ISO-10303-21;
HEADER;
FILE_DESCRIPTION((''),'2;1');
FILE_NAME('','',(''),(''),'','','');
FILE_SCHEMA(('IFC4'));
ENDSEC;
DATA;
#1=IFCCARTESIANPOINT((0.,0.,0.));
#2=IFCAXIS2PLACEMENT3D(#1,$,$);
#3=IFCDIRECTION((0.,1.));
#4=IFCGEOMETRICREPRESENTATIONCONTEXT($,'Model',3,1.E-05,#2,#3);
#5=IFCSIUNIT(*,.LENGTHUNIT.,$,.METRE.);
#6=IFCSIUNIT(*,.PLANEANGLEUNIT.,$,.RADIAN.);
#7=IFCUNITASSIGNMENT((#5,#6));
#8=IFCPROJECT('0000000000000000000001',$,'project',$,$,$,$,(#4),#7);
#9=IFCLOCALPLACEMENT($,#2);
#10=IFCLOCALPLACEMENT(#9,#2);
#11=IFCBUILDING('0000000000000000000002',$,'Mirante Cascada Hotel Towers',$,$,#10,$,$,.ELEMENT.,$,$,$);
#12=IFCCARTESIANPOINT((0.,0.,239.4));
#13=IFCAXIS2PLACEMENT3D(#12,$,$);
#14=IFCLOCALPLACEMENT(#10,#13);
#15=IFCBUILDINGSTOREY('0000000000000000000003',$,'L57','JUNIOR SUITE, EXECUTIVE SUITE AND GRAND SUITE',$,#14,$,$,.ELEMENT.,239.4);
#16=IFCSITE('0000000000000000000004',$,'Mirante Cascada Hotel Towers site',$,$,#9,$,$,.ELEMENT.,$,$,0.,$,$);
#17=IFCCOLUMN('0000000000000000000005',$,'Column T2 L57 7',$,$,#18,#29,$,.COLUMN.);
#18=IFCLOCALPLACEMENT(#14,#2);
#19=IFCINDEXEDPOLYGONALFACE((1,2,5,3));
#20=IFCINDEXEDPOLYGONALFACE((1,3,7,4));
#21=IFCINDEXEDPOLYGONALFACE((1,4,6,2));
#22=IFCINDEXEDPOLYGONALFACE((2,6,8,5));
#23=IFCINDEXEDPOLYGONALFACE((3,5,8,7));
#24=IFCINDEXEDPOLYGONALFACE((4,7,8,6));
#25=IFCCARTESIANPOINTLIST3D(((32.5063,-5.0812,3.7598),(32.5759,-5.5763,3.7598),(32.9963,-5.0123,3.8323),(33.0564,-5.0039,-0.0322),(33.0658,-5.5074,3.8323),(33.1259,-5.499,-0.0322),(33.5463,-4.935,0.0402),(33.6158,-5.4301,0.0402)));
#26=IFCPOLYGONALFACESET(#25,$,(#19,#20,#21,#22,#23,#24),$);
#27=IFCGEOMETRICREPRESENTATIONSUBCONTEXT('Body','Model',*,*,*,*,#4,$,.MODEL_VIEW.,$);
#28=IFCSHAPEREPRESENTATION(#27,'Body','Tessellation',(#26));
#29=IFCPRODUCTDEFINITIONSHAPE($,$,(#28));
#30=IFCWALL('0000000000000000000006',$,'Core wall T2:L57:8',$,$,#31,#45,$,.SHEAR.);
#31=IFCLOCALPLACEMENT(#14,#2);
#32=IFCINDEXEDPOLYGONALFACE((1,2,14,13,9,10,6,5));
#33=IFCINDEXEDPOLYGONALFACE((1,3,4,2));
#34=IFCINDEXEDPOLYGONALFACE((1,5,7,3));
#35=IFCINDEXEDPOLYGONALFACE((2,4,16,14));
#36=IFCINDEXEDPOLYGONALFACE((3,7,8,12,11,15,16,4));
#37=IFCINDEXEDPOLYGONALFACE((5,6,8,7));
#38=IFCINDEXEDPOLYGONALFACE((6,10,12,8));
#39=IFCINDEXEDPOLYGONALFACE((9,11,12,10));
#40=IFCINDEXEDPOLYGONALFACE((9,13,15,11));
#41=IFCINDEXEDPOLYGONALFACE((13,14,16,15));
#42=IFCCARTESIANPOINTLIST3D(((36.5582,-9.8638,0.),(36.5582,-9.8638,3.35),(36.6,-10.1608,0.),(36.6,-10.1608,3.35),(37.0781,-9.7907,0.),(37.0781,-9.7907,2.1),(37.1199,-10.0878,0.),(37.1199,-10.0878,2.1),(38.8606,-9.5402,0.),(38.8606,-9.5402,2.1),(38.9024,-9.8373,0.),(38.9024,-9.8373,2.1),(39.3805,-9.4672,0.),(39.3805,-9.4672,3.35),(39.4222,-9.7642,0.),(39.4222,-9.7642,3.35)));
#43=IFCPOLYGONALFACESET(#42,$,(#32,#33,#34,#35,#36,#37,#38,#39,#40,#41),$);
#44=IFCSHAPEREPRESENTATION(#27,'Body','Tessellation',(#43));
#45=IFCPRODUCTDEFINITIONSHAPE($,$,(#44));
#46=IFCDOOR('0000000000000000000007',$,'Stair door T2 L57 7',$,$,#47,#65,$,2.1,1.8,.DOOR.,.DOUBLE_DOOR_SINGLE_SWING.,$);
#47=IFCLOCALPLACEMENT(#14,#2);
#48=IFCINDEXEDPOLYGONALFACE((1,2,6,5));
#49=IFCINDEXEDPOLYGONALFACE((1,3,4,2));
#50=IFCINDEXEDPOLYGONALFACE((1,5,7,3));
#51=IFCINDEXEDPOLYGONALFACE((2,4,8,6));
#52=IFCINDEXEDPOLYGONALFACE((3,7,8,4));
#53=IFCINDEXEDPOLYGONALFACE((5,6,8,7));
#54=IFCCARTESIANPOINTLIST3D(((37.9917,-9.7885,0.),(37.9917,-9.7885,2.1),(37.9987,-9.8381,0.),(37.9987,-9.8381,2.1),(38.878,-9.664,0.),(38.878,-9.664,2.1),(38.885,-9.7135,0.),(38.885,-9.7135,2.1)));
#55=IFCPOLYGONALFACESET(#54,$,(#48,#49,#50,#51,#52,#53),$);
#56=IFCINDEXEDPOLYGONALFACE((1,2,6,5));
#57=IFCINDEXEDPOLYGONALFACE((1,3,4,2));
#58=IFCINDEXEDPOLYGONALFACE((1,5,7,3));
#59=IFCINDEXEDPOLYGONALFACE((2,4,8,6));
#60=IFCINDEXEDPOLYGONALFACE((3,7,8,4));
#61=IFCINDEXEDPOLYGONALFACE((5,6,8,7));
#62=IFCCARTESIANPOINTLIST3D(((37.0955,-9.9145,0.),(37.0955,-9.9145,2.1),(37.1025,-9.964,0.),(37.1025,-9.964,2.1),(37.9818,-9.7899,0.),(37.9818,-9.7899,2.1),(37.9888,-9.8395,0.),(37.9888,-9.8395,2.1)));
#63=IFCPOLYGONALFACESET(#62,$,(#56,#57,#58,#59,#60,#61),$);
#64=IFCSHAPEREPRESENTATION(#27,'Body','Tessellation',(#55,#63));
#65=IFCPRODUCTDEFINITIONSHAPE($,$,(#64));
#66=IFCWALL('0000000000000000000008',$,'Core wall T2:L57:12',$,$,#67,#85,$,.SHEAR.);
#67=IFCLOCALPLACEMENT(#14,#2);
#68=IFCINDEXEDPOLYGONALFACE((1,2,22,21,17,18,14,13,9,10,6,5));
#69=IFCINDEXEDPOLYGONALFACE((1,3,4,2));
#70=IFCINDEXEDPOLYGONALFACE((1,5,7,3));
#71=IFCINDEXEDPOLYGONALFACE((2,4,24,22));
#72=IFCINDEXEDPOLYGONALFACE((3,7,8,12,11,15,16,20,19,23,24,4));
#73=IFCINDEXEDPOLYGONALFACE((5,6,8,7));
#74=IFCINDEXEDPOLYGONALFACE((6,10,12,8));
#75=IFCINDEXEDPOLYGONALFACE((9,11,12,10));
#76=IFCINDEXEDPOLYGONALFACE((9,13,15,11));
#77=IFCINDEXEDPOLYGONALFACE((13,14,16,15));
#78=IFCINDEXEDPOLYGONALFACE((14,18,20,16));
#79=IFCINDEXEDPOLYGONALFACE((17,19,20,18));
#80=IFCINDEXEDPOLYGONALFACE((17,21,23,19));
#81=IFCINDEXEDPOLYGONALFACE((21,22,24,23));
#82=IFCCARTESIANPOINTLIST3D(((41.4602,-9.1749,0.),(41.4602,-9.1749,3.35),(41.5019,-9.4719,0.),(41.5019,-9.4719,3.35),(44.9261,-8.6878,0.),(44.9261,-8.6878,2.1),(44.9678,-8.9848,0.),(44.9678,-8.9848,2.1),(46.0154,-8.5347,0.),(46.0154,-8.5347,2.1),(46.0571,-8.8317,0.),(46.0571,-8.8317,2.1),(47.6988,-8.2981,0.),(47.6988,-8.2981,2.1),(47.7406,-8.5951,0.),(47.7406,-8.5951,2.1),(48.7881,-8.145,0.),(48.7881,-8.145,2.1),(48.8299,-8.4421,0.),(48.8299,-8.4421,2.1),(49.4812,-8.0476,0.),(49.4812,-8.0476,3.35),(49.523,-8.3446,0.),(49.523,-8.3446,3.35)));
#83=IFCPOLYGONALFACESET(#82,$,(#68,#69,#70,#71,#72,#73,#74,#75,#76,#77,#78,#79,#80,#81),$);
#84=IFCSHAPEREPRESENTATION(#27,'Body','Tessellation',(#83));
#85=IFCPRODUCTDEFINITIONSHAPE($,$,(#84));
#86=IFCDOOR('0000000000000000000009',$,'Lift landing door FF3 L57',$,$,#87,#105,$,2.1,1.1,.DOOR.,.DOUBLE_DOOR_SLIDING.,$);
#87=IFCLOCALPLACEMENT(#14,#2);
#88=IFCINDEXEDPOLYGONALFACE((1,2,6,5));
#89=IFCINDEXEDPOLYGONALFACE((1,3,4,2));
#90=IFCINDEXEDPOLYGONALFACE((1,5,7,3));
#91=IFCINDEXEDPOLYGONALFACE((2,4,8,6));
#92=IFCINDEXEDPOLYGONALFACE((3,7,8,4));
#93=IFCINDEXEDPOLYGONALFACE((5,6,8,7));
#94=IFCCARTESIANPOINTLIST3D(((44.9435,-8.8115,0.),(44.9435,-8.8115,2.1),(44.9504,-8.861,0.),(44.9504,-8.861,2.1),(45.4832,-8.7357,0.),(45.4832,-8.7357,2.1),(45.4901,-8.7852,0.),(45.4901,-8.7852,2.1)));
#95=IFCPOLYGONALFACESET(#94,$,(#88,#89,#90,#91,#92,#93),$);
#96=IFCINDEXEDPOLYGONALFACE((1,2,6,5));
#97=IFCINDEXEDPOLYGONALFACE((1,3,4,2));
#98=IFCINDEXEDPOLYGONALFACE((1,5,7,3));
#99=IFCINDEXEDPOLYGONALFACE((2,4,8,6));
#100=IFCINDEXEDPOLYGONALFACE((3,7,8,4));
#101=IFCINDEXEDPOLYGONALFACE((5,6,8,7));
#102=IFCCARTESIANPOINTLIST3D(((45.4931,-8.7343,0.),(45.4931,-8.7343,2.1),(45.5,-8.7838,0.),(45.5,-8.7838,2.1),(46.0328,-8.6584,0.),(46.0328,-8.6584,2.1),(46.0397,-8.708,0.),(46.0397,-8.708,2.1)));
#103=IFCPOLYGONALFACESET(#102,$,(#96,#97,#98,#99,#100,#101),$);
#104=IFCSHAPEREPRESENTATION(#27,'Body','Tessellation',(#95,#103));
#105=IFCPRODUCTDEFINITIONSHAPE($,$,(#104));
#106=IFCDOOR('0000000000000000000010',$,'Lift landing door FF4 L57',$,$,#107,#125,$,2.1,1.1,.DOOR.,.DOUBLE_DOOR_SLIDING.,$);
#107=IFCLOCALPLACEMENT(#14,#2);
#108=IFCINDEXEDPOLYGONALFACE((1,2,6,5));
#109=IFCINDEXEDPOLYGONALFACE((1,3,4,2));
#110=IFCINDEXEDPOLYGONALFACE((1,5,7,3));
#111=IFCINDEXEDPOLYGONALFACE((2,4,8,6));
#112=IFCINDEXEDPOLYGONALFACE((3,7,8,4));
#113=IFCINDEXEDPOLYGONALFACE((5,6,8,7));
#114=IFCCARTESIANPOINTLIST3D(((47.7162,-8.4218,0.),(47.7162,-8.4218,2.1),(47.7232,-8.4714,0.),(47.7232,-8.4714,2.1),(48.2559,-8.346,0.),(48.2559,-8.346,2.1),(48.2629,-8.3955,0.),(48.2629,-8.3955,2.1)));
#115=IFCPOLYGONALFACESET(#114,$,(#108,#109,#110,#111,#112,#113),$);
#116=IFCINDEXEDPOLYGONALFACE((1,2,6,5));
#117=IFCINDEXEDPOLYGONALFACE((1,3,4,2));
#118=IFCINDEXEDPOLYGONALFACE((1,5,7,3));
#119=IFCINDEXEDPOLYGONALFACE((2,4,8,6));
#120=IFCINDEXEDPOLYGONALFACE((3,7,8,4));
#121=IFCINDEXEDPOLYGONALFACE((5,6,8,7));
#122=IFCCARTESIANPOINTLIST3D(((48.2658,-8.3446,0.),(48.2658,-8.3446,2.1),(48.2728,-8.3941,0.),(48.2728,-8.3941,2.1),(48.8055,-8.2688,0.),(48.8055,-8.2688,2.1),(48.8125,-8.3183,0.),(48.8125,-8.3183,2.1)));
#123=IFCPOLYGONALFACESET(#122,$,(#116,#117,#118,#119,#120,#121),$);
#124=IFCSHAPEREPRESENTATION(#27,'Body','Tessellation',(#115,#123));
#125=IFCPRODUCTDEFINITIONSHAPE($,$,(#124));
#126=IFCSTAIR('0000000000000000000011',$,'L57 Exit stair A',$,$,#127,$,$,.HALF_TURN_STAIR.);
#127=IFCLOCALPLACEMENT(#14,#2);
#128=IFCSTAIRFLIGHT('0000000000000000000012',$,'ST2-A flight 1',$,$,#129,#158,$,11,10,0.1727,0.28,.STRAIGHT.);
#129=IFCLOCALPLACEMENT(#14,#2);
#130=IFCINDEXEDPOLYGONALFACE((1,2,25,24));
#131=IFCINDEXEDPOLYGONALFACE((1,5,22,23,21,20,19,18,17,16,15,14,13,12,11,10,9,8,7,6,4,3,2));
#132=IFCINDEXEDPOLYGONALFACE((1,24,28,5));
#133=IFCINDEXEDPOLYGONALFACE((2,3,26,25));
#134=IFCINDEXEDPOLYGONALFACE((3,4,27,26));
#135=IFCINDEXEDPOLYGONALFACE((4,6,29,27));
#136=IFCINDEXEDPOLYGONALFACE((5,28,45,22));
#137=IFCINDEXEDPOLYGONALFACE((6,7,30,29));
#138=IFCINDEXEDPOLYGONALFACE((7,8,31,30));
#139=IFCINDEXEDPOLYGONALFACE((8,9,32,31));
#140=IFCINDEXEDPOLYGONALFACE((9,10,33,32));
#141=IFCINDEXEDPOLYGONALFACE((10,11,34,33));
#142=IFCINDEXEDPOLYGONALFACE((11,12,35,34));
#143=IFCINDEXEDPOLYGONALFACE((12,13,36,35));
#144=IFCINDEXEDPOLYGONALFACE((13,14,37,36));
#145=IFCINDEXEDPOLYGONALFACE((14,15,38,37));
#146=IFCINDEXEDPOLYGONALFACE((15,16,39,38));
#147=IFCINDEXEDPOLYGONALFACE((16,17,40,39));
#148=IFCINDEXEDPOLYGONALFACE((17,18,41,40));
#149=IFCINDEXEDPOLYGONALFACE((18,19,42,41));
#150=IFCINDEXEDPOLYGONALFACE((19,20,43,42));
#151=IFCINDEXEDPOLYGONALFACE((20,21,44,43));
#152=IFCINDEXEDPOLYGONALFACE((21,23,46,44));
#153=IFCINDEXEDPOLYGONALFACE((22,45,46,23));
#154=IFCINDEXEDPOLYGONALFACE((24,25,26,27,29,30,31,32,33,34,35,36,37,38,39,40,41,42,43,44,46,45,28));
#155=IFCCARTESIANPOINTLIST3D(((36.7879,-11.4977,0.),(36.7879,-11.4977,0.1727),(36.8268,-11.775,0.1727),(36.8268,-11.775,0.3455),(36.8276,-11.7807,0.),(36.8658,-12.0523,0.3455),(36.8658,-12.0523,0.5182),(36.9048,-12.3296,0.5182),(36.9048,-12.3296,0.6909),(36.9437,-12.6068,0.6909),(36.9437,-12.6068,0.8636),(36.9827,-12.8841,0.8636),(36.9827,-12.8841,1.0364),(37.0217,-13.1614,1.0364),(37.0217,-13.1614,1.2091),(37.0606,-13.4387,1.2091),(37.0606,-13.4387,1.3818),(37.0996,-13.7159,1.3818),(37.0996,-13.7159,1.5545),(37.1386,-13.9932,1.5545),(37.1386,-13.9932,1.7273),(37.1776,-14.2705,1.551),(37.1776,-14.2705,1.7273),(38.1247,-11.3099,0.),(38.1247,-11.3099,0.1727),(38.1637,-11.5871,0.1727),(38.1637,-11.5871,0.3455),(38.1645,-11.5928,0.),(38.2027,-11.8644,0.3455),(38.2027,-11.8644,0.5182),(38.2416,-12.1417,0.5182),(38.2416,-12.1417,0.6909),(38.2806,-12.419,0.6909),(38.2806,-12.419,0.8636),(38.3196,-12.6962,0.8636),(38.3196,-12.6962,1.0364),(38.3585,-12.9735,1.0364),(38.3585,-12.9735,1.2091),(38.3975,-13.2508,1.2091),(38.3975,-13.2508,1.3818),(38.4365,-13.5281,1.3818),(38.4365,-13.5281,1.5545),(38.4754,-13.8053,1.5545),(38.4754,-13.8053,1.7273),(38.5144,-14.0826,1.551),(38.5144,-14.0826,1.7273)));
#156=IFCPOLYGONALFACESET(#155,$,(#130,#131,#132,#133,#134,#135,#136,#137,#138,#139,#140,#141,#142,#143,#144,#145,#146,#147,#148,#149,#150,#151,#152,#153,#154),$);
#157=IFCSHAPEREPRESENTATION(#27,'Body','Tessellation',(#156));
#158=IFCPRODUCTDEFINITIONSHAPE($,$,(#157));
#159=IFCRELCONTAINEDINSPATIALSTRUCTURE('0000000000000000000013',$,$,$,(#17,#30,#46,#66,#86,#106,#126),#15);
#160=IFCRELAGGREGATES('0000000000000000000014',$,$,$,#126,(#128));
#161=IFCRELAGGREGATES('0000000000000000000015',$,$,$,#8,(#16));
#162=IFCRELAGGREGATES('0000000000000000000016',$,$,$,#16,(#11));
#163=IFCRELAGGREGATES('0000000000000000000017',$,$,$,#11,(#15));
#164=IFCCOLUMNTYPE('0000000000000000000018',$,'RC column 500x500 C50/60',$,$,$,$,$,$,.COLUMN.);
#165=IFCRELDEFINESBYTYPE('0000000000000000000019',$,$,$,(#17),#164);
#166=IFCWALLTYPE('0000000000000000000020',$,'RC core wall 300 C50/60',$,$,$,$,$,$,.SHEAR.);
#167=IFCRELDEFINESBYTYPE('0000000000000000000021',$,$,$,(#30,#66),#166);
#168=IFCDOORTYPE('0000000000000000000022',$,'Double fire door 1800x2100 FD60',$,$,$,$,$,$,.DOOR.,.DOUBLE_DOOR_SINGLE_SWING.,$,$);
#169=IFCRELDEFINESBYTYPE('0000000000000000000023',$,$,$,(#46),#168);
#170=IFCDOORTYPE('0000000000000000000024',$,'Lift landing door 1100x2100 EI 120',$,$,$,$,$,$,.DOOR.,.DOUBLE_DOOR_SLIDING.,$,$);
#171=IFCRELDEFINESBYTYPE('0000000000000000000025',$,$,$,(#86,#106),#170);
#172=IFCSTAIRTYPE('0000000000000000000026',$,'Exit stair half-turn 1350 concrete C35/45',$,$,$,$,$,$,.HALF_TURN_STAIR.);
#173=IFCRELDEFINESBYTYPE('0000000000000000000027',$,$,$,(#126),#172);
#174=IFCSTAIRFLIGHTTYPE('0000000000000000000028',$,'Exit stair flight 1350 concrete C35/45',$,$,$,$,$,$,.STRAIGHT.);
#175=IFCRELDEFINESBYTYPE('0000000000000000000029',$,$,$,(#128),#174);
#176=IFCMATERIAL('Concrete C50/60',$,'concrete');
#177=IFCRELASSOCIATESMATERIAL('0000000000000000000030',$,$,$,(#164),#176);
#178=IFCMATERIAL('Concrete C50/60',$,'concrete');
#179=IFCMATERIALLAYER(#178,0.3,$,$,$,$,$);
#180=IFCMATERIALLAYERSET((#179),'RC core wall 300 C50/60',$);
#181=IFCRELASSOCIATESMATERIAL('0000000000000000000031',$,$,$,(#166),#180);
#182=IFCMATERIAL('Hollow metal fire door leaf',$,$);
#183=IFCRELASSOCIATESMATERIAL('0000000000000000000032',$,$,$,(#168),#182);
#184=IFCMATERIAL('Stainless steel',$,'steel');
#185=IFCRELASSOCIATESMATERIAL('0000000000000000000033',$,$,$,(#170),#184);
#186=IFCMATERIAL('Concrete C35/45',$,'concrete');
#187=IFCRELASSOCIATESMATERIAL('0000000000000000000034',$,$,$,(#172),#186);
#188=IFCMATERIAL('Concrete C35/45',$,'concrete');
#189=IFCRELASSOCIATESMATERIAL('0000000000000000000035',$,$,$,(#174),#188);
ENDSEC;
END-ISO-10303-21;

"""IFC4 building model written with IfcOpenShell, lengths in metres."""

from ifc_helpers import new_model, si_unit, direction, frame, frame_2d, origin, origin_2d, place, context, subcontext, project, spatial, polyline, rectangle, outline, extrude, material, layer, layer_set, material_profile, profile_set, type_object, element, fill, aggregate, save


model = new_model("IFC4")

# Units and contexts
model_context = context("Model", 3, precision=1e-05, world=origin(), true_north=direction((0.0, 1.0)))
body_context = subcontext(model_context, "Body", "Model", "MODEL_VIEW")
ifc_project = project(units=[si_unit("LENGTHUNIT", "METRE"), si_unit("PLANEANGLEUNIT", "RADIAN")], contexts=[model_context])

# Site, building, storey
site_placement = place(None, origin())
site = spatial("IfcSite", under=ifc_project, at=site_placement, Name="Mirante Cascada Hotel Towers site", CompositionType="ELEMENT", RefElevation=0.0)
building_placement = place(site_placement, origin())
building = spatial("IfcBuilding", under=site, at=building_placement, Name="Mirante Cascada Hotel Towers", CompositionType="ELEMENT")
storey_placement = place(building_placement, frame((0.0, 0.0, 239.4)))
storey = spatial("IfcBuildingStorey", under=building, at=storey_placement, Name="L57", Description="JUNIOR SUITE, EXECUTIVE SUITE AND GRAND SUITE", CompositionType="ELEMENT", Elevation=239.4)

# Column
ifc_material_1 = material(Name="Concrete C50/60", Category="concrete")
ifc_material_profile = material_profile(ifc_material_1, rectangle(XDim=0.5, YDim=0.5, at=origin_2d()), Name="RC column 500x500 C50/60")
ifc_profile_set = profile_set([ifc_material_profile], Name="Concrete C50/60")
column_type = type_object("IfcColumnType", Name="RC column 500x500 C50/60", PredefinedType="COLUMN", material=ifc_profile_set)
column_placement = place(storey_placement, frame((33.3361, -5.217, 0.004), z_axis=(-0.143511, -0.02017, 0.989443), x_axis=(0.139178, -0.990267, 0.0)))
element("IfcColumn", 1, at=column_placement, inside=storey, type_object=column_type, Name="Column T2 L57 7", PredefinedType="COLUMN", context=body_context, shape_type="SweptSolid", body=[
    extrude(rectangle(XDim=0.5, YDim=0.5, at=origin_2d()), origin(), (0.0, 0.0, 1.0), 3.8325),
])

# Wall, opening, door
ifc_material_2 = material(Name="Concrete C50/60", Category="concrete")
ifc_layer_1 = layer(ifc_material_2, 0.3)
ifc_layer_set_1 = layer_set([ifc_layer_1], Name="RC core wall 300 C50/60")
wall_type_1 = type_object("IfcWallType", Name="RC core wall 300 C50/60", PredefinedType="SHEAR", material=ifc_layer_set_1)
wall_1_placement = place(storey_placement, frame((36.5791, -10.0123, 0.0), z_axis=(0.0, 0.0, 1.0), x_axis=(0.99027, 0.139156, 0.0)))
wall_1 = element("IfcWall", 2, at=wall_1_placement, inside=storey, type_object=wall_type_1, Name="Core wall T2:L57:8", PredefinedType="SHEAR", context=body_context, shape_type="SweptSolid", body=[
    extrude(rectangle(XDim=2.85, YDim=0.3, at=frame_2d((1.425, 0.0))), origin(), (0.0, 0.0, 1.0), 3.35),
])
opening_1_placement = place(wall_1_placement, frame((0.525, 0.0, 0.0)))
opening_1 = element("IfcOpeningElement", 3, at=opening_1_placement, cuts=wall_1, PredefinedType="OPENING", context=body_context, shape_type="SweptSolid", body=[
    extrude(rectangle(XDim=1.8, YDim=2.1, at=frame_2d((0.9, 1.05))), frame((0.0, 0.15, 0.0), z_axis=(0.0, -1.0, 0.0), x_axis=(1.0, 0.0, 0.0)), (0.0, 0.0, 1.0), 0.3),
])
ifc_material_3 = material(Name="Hollow metal fire door leaf")
door_type_1 = type_object("IfcDoorType", Name="Double fire door 1800x2100 FD60", OperationType="DOUBLE_DOOR_SINGLE_SWING", PredefinedType="DOOR", material=ifc_material_3)
door_1_placement = place(opening_1_placement, frame((1.8, 0.0, 0.0), z_axis=(0.0, 0.0, 1.0), x_axis=(-1.0, 0.0, 0.0)))
door_1 = element("IfcDoor", 4, at=door_1_placement, inside=storey, type_object=door_type_1, Name="Stair door T2 L57 7", OperationType="DOUBLE_DOOR_SINGLE_SWING", OverallHeight=2.1, OverallWidth=1.8, PredefinedType="DOOR", context=body_context, shape_type="SweptSolid", body=[
    extrude(rectangle(XDim=0.895, YDim=2.1, at=frame_2d((0.4475, 1.05))), frame((0.0, 0.025, 0.0), z_axis=(0.0, -1.0, 0.0), x_axis=(1.0, 0.0, 0.0)), (0.0, 0.0, 1.0), 0.05),
    extrude(rectangle(XDim=0.895, YDim=2.1, at=frame_2d((1.3525, 1.05))), frame((0.0, 0.025, 0.0), z_axis=(0.0, -1.0, 0.0), x_axis=(1.0, 0.0, 0.0)), (0.0, 0.0, 1.0), 0.05),
])
fill(opening_1, door_1)

# Wall, openings, doors
wall_2_placement = place(storey_placement, frame((41.481, -9.3234, 0.0), z_axis=(0.0, 0.0, 1.0), x_axis=(0.990268, 0.139174, 0.0)))
wall_2 = element("IfcWall", 5, at=wall_2_placement, inside=storey, type_object=wall_type_1, Name="Core wall T2:L57:12", PredefinedType="SHEAR", context=body_context, shape_type="SweptSolid", body=[
    extrude(rectangle(XDim=8.0999, YDim=0.3, at=frame_2d((4.05, 0.0))), origin(), (0.0, 0.0, 1.0), 3.35),
])
opening_2_placement = place(wall_2_placement, frame((3.5, 0.0, 0.0)))
opening_2 = element("IfcOpeningElement", 6, at=opening_2_placement, cuts=wall_2, PredefinedType="OPENING", context=body_context, shape_type="SweptSolid", body=[
    extrude(rectangle(XDim=1.1, YDim=2.1, at=frame_2d((0.55, 1.05))), frame((0.0, 0.15, 0.0), z_axis=(0.0, -1.0, 0.0), x_axis=(1.0, 0.0, 0.0)), (0.0, 0.0, 1.0), 0.3),
])
opening_3_placement = place(wall_2_placement, frame((6.3, 0.0, 0.0)))
opening_3 = element("IfcOpeningElement", 7, at=opening_3_placement, cuts=wall_2, PredefinedType="OPENING", context=body_context, shape_type="SweptSolid", body=[
    extrude(rectangle(XDim=1.1, YDim=2.1, at=frame_2d((0.55, 1.05))), frame((0.0, 0.15, 0.0), z_axis=(0.0, -1.0, 0.0), x_axis=(1.0, 0.0, 0.0)), (0.0, 0.0, 1.0), 0.3),
])
ifc_material_4 = material(Name="Stainless steel", Category="steel")
door_type_2 = type_object("IfcDoorType", Name="Lift landing door 1100x2100 EI 120", OperationType="DOUBLE_DOOR_SLIDING", PredefinedType="DOOR", material=ifc_material_4)
door_2_placement = place(opening_2_placement, origin())
door_2 = element("IfcDoor", 8, at=door_2_placement, inside=storey, type_object=door_type_2, Name="Lift landing door FF3 L57", OperationType="DOUBLE_DOOR_SLIDING", OverallHeight=2.1, OverallWidth=1.1, PredefinedType="DOOR", context=body_context, shape_type="SweptSolid", body=[
    extrude(rectangle(XDim=0.545, YDim=2.1, at=frame_2d((0.2725, 1.05))), frame((0.0, 0.025, 0.0), z_axis=(0.0, -1.0, 0.0), x_axis=(1.0, 0.0, 0.0)), (0.0, 0.0, 1.0), 0.05),
    extrude(rectangle(XDim=0.545, YDim=2.1, at=frame_2d((0.8275, 1.05))), frame((0.0, 0.025, 0.0), z_axis=(0.0, -1.0, 0.0), x_axis=(1.0, 0.0, 0.0)), (0.0, 0.0, 1.0), 0.05),
])
fill(opening_2, door_2)
door_3_placement = place(opening_3_placement, origin())
door_3 = element("IfcDoor", 9, at=door_3_placement, inside=storey, type_object=door_type_2, Name="Lift landing door FF4 L57", OperationType="DOUBLE_DOOR_SLIDING", OverallHeight=2.1, OverallWidth=1.1, PredefinedType="DOOR", context=body_context, shape_type="SweptSolid", body=[
    extrude(rectangle(XDim=0.545, YDim=2.1, at=frame_2d((0.2725, 1.05))), frame((0.0, 0.025, 0.0), z_axis=(0.0, -1.0, 0.0), x_axis=(1.0, 0.0, 0.0)), (0.0, 0.0, 1.0), 0.05),
    extrude(rectangle(XDim=0.545, YDim=2.1, at=frame_2d((0.8275, 1.05))), frame((0.0, 0.025, 0.0), z_axis=(0.0, -1.0, 0.0), x_axis=(1.0, 0.0, 0.0)), (0.0, 0.0, 1.0), 0.05),
])
fill(opening_3, door_3)

# Stair, stair flight
ifc_material_5 = material(Name="Concrete C35/45", Category="concrete")
stair_type = type_object("IfcStairType", Name="Exit stair half-turn 1350 concrete C35/45", PredefinedType="HALF_TURN_STAIR", material=ifc_material_5)
stair_placement = place(storey_placement, origin())
stair = element("IfcStair", 10, at=stair_placement, inside=storey, type_object=stair_type, Name="L57 Exit stair A", PredefinedType="HALF_TURN_STAIR")
ifc_material_6 = material(Name="Concrete C35/45", Category="concrete")
stair_flight_type = type_object("IfcStairFlightType", Name="Exit stair flight 1350 concrete C35/45", PredefinedType="STRAIGHT", material=ifc_material_6)
stair_flight_placement = place(storey_placement, frame((37.4563, -11.4038, 0.0), z_axis=(0.0, 0.0, 1.0), x_axis=(0.139173, -0.990268, 0.0)))
stair_flight = element("IfcStairFlight", 11, at=stair_flight_placement, type_object=stair_flight_type, Name="ST2-A flight 1", NumberOfRisers=11, NumberOfTreads=10, PredefinedType="STRAIGHT", RiserHeight=0.1727, TreadLength=0.28, context=body_context, shape_type="SweptSolid", body=[
    extrude(outline(polyline([(0.0, 0.0), (0.0, 0.1727), (0.28, 0.1727), (0.28, 0.3455), (0.56, 0.3455), (0.56, 0.5182), (0.84, 0.5182), (0.84, 0.6909), (1.12, 0.6909), (1.12, 0.8636), (1.4, 0.8636), (1.4, 1.0364), (1.68, 1.0364), (1.68, 1.2091), (1.96, 1.2091), (1.96, 1.3818), (2.24, 1.3818), (2.24, 1.5545), (2.52, 1.5545), (2.52, 1.7273), (2.8, 1.7273), (2.8, 1.9), (2.8, 1.551), (0.2857, 0.0), (0.0, 0.0)])), frame((0.0, 0.675, 0.0), z_axis=(0.0, -1.0, 0.0), x_axis=(1.0, 0.0, 0.0)), (0.0, 0.0, 1.0), 1.35),
])
aggregate(stair, [stair_flight])

save(model, "model.ifc")
